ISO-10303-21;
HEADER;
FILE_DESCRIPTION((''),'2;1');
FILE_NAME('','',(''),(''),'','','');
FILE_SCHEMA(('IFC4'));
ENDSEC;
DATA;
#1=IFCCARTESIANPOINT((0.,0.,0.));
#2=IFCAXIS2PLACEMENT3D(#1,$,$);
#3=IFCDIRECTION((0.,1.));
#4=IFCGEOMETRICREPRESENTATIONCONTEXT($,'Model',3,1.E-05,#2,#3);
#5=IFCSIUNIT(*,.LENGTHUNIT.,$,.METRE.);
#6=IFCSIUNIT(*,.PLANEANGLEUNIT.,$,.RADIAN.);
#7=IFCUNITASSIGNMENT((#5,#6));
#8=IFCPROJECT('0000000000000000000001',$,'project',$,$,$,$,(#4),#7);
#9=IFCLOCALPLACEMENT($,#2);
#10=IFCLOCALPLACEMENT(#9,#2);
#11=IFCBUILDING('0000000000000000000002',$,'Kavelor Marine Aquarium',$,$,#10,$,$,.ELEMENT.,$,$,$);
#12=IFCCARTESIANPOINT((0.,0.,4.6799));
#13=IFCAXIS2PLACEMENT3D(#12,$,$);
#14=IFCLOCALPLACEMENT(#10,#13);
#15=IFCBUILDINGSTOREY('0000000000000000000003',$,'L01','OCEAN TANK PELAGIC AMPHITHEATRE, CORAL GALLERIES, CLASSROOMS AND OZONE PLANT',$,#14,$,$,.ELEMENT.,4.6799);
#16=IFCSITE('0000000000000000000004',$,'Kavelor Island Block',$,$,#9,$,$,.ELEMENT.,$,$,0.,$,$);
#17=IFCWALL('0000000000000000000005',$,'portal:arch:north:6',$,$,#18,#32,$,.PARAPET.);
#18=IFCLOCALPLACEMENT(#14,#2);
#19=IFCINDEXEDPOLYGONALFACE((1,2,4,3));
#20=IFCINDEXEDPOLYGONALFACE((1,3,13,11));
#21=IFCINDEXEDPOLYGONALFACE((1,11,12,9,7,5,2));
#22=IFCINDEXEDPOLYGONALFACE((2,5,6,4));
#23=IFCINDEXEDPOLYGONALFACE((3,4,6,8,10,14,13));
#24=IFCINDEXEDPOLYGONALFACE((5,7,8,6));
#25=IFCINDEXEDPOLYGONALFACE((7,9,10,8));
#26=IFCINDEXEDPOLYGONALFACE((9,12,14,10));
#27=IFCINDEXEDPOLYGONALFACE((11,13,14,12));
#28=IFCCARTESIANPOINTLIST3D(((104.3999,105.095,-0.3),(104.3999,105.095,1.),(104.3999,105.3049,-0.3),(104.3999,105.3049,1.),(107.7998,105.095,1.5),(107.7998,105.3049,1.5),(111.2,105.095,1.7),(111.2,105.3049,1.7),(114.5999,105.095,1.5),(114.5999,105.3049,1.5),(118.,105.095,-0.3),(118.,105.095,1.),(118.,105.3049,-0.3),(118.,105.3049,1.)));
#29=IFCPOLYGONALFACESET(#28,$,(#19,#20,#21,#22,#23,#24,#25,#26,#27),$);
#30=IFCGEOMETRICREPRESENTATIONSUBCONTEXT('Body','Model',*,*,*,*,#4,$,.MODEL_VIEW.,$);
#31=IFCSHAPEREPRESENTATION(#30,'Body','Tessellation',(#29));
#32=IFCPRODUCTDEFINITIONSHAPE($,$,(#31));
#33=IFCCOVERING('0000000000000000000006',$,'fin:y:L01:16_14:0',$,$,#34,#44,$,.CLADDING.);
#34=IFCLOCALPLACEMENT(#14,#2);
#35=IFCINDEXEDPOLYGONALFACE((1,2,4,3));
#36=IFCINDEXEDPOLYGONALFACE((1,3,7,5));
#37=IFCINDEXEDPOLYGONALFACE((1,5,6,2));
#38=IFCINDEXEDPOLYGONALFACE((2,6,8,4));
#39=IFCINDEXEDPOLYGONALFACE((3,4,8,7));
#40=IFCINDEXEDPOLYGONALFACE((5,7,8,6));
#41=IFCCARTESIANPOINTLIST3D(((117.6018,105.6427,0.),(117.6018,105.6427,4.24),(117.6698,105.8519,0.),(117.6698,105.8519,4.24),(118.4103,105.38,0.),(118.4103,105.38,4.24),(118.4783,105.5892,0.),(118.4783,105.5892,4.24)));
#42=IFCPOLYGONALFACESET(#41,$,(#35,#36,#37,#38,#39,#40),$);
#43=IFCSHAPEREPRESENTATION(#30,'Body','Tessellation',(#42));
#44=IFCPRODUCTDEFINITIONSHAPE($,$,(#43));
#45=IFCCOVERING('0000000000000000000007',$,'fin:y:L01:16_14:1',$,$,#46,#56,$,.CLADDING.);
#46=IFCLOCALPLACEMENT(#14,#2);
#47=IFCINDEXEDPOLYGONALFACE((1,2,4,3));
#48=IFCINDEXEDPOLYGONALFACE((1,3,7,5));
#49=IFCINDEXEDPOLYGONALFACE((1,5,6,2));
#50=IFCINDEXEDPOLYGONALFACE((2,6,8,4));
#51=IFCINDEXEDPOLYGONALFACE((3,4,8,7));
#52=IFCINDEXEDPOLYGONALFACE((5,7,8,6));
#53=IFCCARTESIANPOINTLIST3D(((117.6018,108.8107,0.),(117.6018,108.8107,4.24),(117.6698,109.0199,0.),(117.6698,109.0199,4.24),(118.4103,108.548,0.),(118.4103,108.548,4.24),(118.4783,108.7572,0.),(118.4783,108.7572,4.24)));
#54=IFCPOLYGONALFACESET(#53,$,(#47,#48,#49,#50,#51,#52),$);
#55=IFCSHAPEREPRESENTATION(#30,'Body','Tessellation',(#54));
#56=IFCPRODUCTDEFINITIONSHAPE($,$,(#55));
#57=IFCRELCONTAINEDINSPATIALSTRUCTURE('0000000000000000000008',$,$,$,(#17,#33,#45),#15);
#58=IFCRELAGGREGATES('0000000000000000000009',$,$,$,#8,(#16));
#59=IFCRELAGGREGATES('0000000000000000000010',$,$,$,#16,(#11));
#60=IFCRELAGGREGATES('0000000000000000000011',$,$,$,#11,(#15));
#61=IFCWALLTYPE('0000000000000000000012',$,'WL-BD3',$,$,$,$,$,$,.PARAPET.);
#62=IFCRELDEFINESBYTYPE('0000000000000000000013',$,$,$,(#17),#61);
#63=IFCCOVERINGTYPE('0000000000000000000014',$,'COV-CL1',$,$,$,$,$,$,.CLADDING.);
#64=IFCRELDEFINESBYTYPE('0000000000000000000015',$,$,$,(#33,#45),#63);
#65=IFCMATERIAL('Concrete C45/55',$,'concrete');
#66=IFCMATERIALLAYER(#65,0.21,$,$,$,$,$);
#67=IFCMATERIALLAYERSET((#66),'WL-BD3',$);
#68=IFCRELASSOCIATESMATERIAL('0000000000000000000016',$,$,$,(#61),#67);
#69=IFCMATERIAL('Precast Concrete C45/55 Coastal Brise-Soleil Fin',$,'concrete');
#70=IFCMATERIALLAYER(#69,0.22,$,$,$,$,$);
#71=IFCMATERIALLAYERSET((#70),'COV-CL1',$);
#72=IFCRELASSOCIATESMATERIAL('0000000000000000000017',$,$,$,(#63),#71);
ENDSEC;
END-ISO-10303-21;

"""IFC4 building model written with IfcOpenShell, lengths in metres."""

from ifc_helpers import new_model, si_unit, direction, frame, origin, origin_2d, place, context, subcontext, project, spatial, polyline, rectangle, outline, extrude, material, layer, layer_set, type_object, element, save


model = new_model("IFC4")

# Units and contexts
model_context = context("Model", 3, precision=1e-05, world=origin(), true_north=direction((0.0, 1.0)))
body_context = subcontext(model_context, "Body", "Model", "MODEL_VIEW")
ifc_project = project(units=[si_unit("LENGTHUNIT", "METRE"), si_unit("PLANEANGLEUNIT", "RADIAN")], contexts=[model_context])

# Site, building, storey
site_placement = place(None, origin())
site = spatial("IfcSite", under=ifc_project, at=site_placement, Name="Kavelor Island Block", CompositionType="ELEMENT", RefElevation=0.0)
building_placement = place(site_placement, origin())
building = spatial("IfcBuilding", under=site, at=building_placement, Name="Kavelor Marine Aquarium", CompositionType="ELEMENT")
storey_placement = place(building_placement, frame((0.0, 0.0, 4.6799)))
storey = spatial("IfcBuildingStorey", under=building, at=storey_placement, Name="L01", Description="OCEAN TANK PELAGIC AMPHITHEATRE, CORAL GALLERIES, CLASSROOMS AND OZONE PLANT", CompositionType="ELEMENT", Elevation=4.6799)

# Wall
ifc_material_1 = material(Name="Concrete C45/55", Category="concrete")
ifc_layer_1 = layer(ifc_material_1, 0.21)
ifc_layer_set_1 = layer_set([ifc_layer_1], Name="WL-BD3")
wall_type_1 = type_object("IfcWallType", Name="WL-BD3", PredefinedType="PARAPET", material=ifc_layer_set_1)
wall_1_placement = place(storey_placement, frame((104.3999, 105.2, -0.3), z_axis=(0.0, 0.0, 1.0), x_axis=(1.0, 0.0, 0.0)))
element("IfcWall", 1, at=wall_1_placement, inside=storey, type_object=wall_type_1, Name="portal:arch:north:6", PredefinedType="PARAPET", context=body_context, shape_type="SweptSolid", body=[
    extrude(outline(polyline([(0.0, 0.0), (13.6001, 0.0), (13.6001, 1.3), (10.2, 1.8), (6.8, 2.0), (3.3999, 1.8), (0.0, 1.3), (0.0, 0.0)])), frame((0.0, 0.105, 0.0), z_axis=(0.0, -1.0, 0.0), x_axis=(1.0, 0.0, 0.0)), (0.0, 0.0, 1.0), 0.21),
])

# Coverings
ifc_material_2 = material(Name="Precast Concrete C45/55 Coastal Brise-Soleil Fin", Category="concrete")
ifc_layer_2 = layer(ifc_material_2, 0.22)
ifc_layer_set_2 = layer_set([ifc_layer_2], Name="COV-CL1")
covering_type = type_object("IfcCoveringType", Name="COV-CL1", PredefinedType="CLADDING", material=ifc_layer_set_2)
for number, where, z_axis, x_axis, name in (
    (2, (118.04, 105.616, 0.0), (0.0, 0.0, 1.0), (0.951057, -0.309017, 0.0), "fin:y:L01:16_14:0"),
    (3, (118.04, 108.7839, 0.0), (0.0, 0.0, 1.0), (0.951057, -0.309017, 0.0), "fin:y:L01:16_14:1"),
):
    element("IfcCovering", number, at=place(storey_placement, frame(where, z_axis=z_axis, x_axis=x_axis)), inside=storey, type_object=covering_type, Name=name, PredefinedType="CLADDING", context=body_context, shape_type="SweptSolid", body=[
        extrude(rectangle(XDim=0.8501, YDim=0.22, at=origin_2d()), origin(), (0.0, 0.0, 1.0), 4.24),
    ])

save(model, "model.ifc")
